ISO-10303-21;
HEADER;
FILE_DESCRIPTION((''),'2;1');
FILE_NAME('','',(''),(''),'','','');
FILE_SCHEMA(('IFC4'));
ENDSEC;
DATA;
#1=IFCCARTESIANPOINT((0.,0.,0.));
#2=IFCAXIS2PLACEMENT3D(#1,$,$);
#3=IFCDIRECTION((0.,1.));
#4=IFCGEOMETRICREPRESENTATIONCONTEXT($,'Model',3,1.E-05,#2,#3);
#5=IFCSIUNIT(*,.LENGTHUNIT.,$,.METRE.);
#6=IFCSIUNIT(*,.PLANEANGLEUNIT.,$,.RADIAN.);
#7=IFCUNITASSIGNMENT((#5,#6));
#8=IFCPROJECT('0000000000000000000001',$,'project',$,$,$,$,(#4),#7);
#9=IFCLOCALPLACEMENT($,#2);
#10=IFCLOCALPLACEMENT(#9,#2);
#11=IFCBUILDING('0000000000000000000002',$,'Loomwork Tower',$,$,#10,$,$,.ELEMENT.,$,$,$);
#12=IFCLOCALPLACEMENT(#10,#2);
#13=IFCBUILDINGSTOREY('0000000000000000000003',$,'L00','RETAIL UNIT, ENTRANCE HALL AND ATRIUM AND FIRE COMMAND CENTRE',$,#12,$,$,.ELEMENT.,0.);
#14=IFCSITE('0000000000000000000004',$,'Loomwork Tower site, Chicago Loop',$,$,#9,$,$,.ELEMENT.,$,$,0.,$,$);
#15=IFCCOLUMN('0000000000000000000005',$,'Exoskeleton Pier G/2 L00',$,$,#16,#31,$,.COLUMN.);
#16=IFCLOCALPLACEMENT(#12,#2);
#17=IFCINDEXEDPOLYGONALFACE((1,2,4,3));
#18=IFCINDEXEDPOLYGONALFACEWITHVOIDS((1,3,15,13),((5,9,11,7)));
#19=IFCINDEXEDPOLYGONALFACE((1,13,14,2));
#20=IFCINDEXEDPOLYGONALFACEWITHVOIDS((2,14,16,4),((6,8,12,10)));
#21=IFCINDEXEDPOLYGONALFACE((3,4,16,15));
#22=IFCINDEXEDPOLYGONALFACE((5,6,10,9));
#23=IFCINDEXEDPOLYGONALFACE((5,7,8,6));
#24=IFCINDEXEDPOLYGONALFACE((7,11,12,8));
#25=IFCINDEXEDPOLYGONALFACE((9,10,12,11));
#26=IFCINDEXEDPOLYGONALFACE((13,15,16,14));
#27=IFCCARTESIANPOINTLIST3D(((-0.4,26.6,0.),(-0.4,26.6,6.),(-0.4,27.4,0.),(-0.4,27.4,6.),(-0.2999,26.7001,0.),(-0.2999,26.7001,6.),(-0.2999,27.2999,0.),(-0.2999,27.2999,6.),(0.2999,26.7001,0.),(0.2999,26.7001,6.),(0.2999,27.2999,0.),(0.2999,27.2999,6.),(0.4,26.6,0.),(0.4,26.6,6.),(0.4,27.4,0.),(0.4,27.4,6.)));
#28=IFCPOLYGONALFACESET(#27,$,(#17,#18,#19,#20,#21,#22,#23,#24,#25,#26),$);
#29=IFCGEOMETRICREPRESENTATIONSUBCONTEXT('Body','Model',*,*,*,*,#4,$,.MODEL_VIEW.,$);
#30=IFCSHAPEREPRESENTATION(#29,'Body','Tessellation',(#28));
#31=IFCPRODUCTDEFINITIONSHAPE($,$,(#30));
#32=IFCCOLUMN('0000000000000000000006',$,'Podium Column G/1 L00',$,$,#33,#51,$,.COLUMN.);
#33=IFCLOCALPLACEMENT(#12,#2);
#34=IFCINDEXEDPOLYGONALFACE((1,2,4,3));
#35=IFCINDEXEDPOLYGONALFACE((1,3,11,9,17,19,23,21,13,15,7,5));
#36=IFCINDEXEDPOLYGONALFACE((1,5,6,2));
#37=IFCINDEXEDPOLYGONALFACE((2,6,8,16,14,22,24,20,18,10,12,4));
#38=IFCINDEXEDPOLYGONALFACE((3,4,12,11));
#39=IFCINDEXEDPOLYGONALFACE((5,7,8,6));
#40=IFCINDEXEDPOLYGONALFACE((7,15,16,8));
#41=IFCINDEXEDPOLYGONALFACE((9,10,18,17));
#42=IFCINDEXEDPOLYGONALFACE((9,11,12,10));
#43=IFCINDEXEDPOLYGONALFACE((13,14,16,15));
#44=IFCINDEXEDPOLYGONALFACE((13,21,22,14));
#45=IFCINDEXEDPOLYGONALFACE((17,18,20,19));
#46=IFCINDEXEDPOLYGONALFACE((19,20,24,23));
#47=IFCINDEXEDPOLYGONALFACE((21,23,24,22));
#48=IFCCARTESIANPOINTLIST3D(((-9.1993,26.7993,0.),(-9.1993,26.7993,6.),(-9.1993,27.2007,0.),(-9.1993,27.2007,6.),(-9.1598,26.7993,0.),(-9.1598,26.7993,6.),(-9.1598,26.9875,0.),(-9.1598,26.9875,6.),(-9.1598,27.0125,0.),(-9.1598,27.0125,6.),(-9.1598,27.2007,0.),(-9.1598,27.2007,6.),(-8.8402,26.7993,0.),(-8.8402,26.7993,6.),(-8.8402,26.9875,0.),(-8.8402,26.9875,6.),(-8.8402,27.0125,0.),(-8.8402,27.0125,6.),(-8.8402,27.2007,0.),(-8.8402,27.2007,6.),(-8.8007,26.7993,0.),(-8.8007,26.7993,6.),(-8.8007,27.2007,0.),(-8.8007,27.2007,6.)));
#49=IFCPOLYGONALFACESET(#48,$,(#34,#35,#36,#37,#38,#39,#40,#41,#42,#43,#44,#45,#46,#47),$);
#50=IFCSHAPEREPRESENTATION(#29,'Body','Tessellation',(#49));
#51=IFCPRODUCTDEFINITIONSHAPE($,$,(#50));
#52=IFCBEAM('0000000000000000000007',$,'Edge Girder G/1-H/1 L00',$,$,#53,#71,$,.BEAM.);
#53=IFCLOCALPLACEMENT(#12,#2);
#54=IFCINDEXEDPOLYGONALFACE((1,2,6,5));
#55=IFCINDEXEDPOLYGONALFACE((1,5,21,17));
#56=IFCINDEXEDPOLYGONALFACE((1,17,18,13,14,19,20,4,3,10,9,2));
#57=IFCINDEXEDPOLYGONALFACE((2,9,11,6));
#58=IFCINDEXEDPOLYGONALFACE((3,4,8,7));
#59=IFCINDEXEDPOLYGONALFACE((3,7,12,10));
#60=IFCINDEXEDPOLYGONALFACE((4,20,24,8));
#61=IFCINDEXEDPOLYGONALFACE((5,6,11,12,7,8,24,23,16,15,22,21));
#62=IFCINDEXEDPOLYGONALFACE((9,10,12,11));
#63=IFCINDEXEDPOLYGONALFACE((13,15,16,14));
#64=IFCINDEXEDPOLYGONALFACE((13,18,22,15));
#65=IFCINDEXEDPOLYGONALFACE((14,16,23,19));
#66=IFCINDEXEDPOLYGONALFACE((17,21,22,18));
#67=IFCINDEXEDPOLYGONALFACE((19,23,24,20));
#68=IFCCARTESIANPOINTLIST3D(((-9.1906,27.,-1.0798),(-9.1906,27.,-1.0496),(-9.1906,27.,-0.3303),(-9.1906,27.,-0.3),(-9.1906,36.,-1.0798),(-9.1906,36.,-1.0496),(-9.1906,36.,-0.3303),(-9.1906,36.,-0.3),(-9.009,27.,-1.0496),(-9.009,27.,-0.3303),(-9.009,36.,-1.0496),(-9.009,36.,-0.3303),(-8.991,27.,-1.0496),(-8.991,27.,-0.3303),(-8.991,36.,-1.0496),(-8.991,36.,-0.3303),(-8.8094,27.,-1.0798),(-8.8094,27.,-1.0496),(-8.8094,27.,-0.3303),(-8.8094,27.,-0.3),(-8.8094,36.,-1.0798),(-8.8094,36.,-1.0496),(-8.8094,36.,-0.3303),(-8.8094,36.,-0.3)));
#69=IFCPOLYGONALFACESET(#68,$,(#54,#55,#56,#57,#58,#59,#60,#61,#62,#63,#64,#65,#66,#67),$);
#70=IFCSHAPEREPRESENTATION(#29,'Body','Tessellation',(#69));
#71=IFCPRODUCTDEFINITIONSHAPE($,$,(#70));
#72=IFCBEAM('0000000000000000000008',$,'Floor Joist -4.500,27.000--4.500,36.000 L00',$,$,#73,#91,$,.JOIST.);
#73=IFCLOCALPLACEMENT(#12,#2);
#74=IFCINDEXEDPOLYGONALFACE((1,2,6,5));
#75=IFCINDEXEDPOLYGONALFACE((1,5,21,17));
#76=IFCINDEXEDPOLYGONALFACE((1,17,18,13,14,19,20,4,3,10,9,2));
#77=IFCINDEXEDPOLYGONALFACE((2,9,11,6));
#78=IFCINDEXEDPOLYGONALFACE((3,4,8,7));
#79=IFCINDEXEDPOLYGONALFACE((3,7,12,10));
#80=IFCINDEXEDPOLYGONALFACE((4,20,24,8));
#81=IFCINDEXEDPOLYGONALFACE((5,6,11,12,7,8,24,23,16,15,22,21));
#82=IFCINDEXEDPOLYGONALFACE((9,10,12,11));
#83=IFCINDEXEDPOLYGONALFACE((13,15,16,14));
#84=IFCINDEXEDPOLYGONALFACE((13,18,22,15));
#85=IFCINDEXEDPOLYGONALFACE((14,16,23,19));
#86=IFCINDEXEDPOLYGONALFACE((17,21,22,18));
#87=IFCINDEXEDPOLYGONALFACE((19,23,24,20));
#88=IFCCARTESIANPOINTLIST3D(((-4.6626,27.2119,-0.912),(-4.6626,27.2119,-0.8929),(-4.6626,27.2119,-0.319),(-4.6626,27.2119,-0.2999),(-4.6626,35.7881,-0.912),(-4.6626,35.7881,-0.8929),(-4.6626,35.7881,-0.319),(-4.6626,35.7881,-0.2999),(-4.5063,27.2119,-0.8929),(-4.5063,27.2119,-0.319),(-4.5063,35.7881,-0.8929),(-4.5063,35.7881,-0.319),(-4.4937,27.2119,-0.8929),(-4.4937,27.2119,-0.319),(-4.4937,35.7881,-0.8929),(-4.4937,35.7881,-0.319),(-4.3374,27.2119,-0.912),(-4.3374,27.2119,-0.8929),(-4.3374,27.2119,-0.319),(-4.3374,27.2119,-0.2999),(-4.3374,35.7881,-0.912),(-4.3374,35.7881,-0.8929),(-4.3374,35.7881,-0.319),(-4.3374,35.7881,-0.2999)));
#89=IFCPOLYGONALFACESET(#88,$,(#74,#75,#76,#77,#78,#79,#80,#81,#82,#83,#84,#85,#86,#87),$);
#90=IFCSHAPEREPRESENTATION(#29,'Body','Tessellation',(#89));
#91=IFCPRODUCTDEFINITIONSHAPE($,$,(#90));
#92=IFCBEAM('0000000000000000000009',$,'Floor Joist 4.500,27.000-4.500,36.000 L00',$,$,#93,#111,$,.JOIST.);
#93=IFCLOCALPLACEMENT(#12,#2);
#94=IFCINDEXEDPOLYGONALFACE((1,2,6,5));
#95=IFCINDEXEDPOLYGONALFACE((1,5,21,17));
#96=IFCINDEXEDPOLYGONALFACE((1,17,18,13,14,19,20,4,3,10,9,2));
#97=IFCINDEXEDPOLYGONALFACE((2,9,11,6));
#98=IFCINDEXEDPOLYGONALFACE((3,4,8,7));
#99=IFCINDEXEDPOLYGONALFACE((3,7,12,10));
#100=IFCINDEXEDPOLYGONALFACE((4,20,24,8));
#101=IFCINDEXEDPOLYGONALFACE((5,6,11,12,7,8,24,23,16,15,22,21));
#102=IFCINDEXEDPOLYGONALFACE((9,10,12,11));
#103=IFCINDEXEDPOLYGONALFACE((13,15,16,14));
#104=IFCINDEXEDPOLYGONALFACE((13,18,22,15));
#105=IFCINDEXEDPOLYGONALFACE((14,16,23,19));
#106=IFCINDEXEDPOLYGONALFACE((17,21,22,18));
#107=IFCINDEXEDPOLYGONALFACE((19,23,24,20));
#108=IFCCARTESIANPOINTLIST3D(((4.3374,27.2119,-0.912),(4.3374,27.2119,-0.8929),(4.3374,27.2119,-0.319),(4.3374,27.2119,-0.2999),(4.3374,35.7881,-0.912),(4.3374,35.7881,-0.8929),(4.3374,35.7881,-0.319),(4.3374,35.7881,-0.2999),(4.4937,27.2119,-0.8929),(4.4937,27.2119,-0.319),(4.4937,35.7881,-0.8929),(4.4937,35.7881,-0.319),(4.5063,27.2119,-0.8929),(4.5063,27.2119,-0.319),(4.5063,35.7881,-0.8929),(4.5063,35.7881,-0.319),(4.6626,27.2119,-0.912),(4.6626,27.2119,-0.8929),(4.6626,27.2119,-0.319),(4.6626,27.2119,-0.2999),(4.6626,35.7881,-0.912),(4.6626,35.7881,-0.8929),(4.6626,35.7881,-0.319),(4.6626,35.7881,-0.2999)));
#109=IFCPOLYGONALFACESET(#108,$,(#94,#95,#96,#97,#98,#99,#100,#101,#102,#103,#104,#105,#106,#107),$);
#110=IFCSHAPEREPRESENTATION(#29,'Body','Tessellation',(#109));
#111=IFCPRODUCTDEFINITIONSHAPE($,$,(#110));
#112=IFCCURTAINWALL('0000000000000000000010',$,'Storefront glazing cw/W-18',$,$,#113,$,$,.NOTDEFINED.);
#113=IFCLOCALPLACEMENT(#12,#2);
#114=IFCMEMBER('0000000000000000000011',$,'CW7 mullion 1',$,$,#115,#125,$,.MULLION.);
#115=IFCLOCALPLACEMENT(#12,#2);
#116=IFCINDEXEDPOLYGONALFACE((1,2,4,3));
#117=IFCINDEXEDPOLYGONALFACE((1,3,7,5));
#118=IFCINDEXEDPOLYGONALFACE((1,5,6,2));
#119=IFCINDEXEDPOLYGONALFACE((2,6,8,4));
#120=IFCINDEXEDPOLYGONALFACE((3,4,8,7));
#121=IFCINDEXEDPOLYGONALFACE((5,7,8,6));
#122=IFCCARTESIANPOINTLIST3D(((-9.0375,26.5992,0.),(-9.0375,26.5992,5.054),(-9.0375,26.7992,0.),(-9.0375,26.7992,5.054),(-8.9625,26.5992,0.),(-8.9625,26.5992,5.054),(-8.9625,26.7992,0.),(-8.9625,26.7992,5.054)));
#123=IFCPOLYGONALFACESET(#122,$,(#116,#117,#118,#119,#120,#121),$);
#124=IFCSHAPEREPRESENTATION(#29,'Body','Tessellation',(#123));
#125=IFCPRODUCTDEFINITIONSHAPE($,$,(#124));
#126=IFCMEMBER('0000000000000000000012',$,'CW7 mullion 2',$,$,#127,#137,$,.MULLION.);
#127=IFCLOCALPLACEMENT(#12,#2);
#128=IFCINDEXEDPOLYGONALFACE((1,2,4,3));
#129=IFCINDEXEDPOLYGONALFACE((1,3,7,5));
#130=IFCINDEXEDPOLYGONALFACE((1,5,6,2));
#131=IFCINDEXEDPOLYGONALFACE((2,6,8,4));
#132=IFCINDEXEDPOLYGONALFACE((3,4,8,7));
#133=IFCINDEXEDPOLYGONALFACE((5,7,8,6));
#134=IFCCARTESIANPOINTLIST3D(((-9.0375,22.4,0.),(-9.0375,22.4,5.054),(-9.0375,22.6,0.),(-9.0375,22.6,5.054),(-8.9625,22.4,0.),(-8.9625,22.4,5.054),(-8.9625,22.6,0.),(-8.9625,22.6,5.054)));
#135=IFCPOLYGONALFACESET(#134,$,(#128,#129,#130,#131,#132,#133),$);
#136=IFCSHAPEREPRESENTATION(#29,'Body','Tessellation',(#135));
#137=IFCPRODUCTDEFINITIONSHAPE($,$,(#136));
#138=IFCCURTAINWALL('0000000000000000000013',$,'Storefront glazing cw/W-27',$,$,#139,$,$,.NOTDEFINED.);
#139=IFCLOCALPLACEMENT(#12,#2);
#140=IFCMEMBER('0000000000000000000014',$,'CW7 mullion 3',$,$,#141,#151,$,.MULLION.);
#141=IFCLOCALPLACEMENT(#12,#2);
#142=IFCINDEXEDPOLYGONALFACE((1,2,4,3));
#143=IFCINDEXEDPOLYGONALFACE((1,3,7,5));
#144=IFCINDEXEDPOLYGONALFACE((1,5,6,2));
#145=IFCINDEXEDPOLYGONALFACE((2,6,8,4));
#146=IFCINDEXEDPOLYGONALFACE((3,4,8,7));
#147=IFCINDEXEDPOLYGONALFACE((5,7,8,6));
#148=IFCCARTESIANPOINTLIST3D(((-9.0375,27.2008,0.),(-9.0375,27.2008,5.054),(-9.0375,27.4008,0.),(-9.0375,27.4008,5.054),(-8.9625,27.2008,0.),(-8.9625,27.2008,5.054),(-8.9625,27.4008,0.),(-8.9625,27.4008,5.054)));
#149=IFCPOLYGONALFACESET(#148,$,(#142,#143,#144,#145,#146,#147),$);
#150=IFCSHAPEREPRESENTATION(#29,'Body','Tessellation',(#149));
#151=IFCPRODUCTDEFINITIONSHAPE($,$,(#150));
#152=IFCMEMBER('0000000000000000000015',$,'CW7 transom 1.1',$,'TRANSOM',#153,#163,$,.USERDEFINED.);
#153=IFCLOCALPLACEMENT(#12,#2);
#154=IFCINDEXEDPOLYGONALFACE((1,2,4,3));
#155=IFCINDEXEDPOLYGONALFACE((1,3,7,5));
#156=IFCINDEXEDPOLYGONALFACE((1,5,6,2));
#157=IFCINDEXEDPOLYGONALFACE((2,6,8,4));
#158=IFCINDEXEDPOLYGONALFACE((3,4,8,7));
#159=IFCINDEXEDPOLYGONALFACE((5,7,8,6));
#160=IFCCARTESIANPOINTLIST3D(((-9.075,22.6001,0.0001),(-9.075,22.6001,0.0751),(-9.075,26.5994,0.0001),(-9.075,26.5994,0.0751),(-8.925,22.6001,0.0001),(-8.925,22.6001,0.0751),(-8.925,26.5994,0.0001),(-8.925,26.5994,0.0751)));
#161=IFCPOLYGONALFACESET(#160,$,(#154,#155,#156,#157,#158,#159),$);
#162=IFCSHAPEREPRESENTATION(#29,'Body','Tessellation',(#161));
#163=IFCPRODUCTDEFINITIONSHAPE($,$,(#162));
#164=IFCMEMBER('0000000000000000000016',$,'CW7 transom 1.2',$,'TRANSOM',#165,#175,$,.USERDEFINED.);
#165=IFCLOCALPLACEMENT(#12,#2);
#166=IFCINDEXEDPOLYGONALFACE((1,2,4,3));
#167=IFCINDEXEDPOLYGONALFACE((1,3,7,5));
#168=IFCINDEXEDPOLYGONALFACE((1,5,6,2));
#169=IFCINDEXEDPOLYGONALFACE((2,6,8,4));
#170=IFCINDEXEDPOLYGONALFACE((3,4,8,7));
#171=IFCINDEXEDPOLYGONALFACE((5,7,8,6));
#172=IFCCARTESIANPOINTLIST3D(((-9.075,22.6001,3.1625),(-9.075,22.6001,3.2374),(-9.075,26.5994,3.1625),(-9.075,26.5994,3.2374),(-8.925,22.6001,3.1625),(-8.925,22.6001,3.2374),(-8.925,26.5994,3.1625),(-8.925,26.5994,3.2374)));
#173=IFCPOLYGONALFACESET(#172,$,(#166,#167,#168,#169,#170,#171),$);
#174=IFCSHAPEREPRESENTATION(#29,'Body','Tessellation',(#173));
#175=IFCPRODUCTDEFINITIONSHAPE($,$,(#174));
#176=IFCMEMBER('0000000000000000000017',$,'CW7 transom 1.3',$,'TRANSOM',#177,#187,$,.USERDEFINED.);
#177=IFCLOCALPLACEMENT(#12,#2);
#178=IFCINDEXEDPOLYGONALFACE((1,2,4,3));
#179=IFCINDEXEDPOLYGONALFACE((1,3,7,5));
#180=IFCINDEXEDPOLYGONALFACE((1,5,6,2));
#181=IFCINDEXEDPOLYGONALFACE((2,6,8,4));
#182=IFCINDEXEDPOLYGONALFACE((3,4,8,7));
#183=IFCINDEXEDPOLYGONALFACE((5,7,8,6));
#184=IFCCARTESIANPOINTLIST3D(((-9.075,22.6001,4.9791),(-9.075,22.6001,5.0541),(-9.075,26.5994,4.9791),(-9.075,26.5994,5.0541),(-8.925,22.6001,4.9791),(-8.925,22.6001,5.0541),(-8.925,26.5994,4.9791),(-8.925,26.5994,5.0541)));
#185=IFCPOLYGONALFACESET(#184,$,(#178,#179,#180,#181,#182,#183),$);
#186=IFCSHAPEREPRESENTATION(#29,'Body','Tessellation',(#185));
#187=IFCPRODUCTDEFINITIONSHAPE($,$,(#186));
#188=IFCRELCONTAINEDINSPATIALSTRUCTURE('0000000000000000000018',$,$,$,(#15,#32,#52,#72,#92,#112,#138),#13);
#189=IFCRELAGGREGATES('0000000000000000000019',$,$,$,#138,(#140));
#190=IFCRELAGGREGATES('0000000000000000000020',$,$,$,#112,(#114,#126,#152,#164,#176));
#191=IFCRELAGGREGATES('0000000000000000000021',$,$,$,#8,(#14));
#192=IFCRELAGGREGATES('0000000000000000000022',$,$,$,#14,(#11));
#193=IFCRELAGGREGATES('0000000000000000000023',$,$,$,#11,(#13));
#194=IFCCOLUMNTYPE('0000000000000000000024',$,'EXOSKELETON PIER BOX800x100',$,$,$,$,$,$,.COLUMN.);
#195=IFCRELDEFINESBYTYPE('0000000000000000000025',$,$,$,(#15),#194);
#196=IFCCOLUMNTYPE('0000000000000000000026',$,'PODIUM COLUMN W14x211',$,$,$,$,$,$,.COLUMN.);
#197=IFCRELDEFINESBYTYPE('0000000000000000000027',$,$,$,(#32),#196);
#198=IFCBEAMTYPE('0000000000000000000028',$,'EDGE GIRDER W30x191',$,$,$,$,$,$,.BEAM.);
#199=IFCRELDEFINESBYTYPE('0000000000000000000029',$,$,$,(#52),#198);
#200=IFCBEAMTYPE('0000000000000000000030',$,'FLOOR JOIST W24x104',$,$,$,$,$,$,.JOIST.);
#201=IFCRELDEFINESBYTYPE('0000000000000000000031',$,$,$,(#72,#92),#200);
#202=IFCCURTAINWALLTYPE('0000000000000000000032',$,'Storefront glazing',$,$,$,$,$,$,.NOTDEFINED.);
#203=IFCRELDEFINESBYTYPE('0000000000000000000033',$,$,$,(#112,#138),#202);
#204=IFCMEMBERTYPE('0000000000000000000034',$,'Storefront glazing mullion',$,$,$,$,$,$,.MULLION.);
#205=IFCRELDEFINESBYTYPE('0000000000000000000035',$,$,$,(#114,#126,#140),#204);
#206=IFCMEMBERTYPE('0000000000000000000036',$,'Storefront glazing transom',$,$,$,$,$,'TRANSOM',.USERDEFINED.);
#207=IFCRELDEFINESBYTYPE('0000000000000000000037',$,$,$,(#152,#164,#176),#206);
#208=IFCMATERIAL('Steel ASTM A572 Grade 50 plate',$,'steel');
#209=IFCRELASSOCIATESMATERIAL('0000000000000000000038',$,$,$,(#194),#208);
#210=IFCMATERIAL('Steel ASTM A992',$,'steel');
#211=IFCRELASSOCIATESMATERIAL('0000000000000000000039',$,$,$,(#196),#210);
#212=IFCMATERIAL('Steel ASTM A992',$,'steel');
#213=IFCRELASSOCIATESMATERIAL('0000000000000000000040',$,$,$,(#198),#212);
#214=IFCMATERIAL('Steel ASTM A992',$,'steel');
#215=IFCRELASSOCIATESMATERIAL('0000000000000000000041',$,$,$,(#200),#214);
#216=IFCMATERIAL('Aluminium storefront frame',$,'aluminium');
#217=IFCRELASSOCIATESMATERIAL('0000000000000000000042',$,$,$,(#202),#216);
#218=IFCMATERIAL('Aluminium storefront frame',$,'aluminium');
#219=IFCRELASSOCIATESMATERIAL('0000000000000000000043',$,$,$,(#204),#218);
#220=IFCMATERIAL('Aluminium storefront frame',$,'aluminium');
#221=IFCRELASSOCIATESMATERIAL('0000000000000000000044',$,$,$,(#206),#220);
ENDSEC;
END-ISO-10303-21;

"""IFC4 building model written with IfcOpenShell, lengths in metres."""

from ifc_helpers import new_model, si_unit, direction, frame, origin, origin_2d, place, context, subcontext, project, spatial, rectangle, hollow_rectangle, i_section, extrude, material, material_profile, profile_set, type_object, element, aggregate, save


model = new_model("IFC4")

# Units and contexts
model_context = context("Model", 3, precision=1e-05, world=origin(), true_north=direction((0.0, 1.0)))
body_context = subcontext(model_context, "Body", "Model", "MODEL_VIEW")
ifc_project = project(units=[si_unit("LENGTHUNIT", "METRE"), si_unit("PLANEANGLEUNIT", "RADIAN")], contexts=[model_context])

# Site, building, storey
site_placement = place(None, origin())
site = spatial("IfcSite", under=ifc_project, at=site_placement, Name="Loomwork Tower site, Chicago Loop", CompositionType="ELEMENT", RefElevation=0.0)
building_placement = place(site_placement, origin())
building = spatial("IfcBuilding", under=site, at=building_placement, Name="Loomwork Tower", CompositionType="ELEMENT")
storey_placement = place(building_placement, origin())
storey = spatial("IfcBuildingStorey", under=building, at=storey_placement, Name="L00", Description="RETAIL UNIT, ENTRANCE HALL AND ATRIUM AND FIRE COMMAND CENTRE", CompositionType="ELEMENT", Elevation=0.0)

# Columns
ifc_material_1 = material(Name="Steel ASTM A572 Grade 50 plate", Category="steel")
ifc_material_profile_1 = material_profile(ifc_material_1, hollow_rectangle(XDim=0.8, YDim=0.8, WallThickness=0.1001, at=origin_2d()), Name="BOX800x100")
ifc_profile_set_1 = profile_set([ifc_material_profile_1], Name="Steel ASTM A572 Grade 50 plate")
column_type_1 = type_object("IfcColumnType", Name="EXOSKELETON PIER BOX800x100", PredefinedType="COLUMN", material=ifc_profile_set_1)
column_1_placement = place(storey_placement, frame((0.0, 27.0, 0.0), z_axis=(0.0, 0.0, 1.0), x_axis=(0.0, 1.0, 0.0)))
element("IfcColumn", 1, at=column_1_placement, inside=storey, type_object=column_type_1, Name="Exoskeleton Pier G/2 L00", PredefinedType="COLUMN", context=body_context, shape_type="SweptSolid", body=[
    extrude(hollow_rectangle(XDim=0.8, YDim=0.8, WallThickness=0.1001, at=origin_2d()), origin(), (0.0, 0.0, 1.0), 6.0),
])
ifc_material_2 = material(Name="Steel ASTM A992", Category="steel")
ifc_material_profile_2 = material_profile(ifc_material_2, i_section(OverallWidth=0.4014, OverallDepth=0.3987, WebThickness=0.0249, FlangeThickness=0.0396, at=origin_2d()), Name="W14x211")
ifc_profile_set_2 = profile_set([ifc_material_profile_2], Name="Steel ASTM A992")
column_type_2 = type_object("IfcColumnType", Name="PODIUM COLUMN W14x211", PredefinedType="COLUMN", material=ifc_profile_set_2)
column_2_placement = place(storey_placement, frame((-9.0, 27.0, 0.0), z_axis=(0.0, 0.0, 1.0), x_axis=(0.0, 1.0, 0.0)))
element("IfcColumn", 2, at=column_2_placement, inside=storey, type_object=column_type_2, Name="Podium Column G/1 L00", PredefinedType="COLUMN", context=body_context, shape_type="SweptSolid", body=[
    extrude(i_section(OverallWidth=0.4014, OverallDepth=0.3987, WebThickness=0.0249, FlangeThickness=0.0396, at=origin_2d()), origin(), (0.0, 0.0, 1.0), 6.0),
])

# Beams
ifc_material_3 = material(Name="Steel ASTM A992", Category="steel")
ifc_material_profile_3 = material_profile(ifc_material_3, i_section(OverallWidth=0.3811, OverallDepth=0.7798, WebThickness=0.0181, FlangeThickness=0.0303, at=origin_2d()), Name="W30x191")
ifc_profile_set_3 = profile_set([ifc_material_profile_3], Name="Steel ASTM A992")
beam_type_1 = type_object("IfcBeamType", Name="EDGE GIRDER W30x191", PredefinedType="BEAM", material=ifc_profile_set_3)
beam_placement = place(storey_placement, frame((-9.0, 27.0, -0.6899), z_axis=(0.0, 1.0, 0.0), x_axis=(-1.0, 0.0, 0.0)))
element("IfcBeam", 3, at=beam_placement, inside=storey, type_object=beam_type_1, Name="Edge Girder G/1-H/1 L00", PredefinedType="BEAM", context=body_context, shape_type="SweptSolid", body=[
    extrude(i_section(OverallWidth=0.3811, OverallDepth=0.7798, WebThickness=0.0181, FlangeThickness=0.0303, at=origin_2d()), origin(), (0.0, 0.0, 1.0), 9.0),
])
ifc_material_4 = material(Name="Steel ASTM A992", Category="steel")
ifc_material_profile_4 = material_profile(ifc_material_4, i_section(OverallWidth=0.3252, OverallDepth=0.6121, WebThickness=0.0127, FlangeThickness=0.019, at=origin_2d()), Name="W24x104")
ifc_profile_set_4 = profile_set([ifc_material_profile_4], Name="Steel ASTM A992")
beam_type_2 = type_object("IfcBeamType", Name="FLOOR JOIST W24x104", PredefinedType="JOIST", material=ifc_profile_set_4)
for number, where, z_axis, x_axis, name in (
    (4, (-4.5, 27.2119, -0.606), (0.0, 1.0, 0.0), (-1.0, 0.0, 0.0), "Floor Joist -4.500,27.000--4.500,36.000 L00"),
    (5, (4.5, 27.2119, -0.606), (0.0, 1.0, 0.0), (-1.0, 0.0, 0.0), "Floor Joist 4.500,27.000-4.500,36.000 L00"),
):
    element("IfcBeam", number, at=place(storey_placement, frame(where, z_axis=z_axis, x_axis=x_axis)), inside=storey, type_object=beam_type_2, Name=name, PredefinedType="JOIST", context=body_context, shape_type="SweptSolid", body=[
        extrude(i_section(OverallWidth=0.3252, OverallDepth=0.6121, WebThickness=0.0127, FlangeThickness=0.019, at=origin_2d()), origin(), (0.0, 0.0, 1.0), 8.5762),
    ])

# Curtain wall, members
ifc_material_5 = material(Name="Aluminium storefront frame", Category="aluminium")
curtain_wall_type = type_object("IfcCurtainWallType", Name="Storefront glazing", PredefinedType="NOTDEFINED", material=ifc_material_5)
curtain_wall_1_placement = place(storey_placement, origin())
curtain_wall_1 = element("IfcCurtainWall", 6, at=curtain_wall_1_placement, inside=storey, type_object=curtain_wall_type, Name="Storefront glazing cw/W-18", PredefinedType="NOTDEFINED")
ifc_material_6 = material(Name="Aluminium storefront frame", Category="aluminium")
ifc_material_profile_5 = material_profile(ifc_material_6, rectangle(XDim=0.075, YDim=0.2, at=origin_2d()), Name="AL 75x200")
ifc_profile_set_5 = profile_set([ifc_material_profile_5], Name="Aluminium storefront frame")
member_type_1 = type_object("IfcMemberType", Name="Storefront glazing mullion", PredefinedType="MULLION", material=ifc_profile_set_5)
member_1_placement = place(storey_placement, frame((-9.0, 26.6992, 0.0), z_axis=(0.0, 0.0, 1.0), x_axis=(1.0, 0.0, 0.0)))
member_1 = element("IfcMember", 7, at=member_1_placement, type_object=member_type_1, Name="CW7 mullion 1", PredefinedType="MULLION", context=body_context, shape_type="SweptSolid", body=[
    extrude(rectangle(XDim=0.075, YDim=0.2, at=origin_2d()), origin(), (0.0, 0.0, 1.0), 5.054),
])
member_2_placement = place(storey_placement, frame((-9.0, 22.5, 0.0), z_axis=(0.0, 0.0, 1.0), x_axis=(1.0, 0.0, 0.0)))
member_2 = element("IfcMember", 8, at=member_2_placement, type_object=member_type_1, Name="CW7 mullion 2", PredefinedType="MULLION", context=body_context, shape_type="SweptSolid", body=[
    extrude(rectangle(XDim=0.075, YDim=0.2, at=origin_2d()), origin(), (0.0, 0.0, 1.0), 5.054),
])

# Curtain wall, member
curtain_wall_2_placement = place(storey_placement, origin())
curtain_wall_2 = element("IfcCurtainWall", 9, at=curtain_wall_2_placement, inside=storey, type_object=curtain_wall_type, Name="Storefront glazing cw/W-27", PredefinedType="NOTDEFINED")
member_3_placement = place(storey_placement, frame((-9.0, 27.3008, 0.0), z_axis=(0.0, 0.0, 1.0), x_axis=(1.0, 0.0, 0.0)))
member_3 = element("IfcMember", 10, at=member_3_placement, type_object=member_type_1, Name="CW7 mullion 3", PredefinedType="MULLION", context=body_context, shape_type="SweptSolid", body=[
    extrude(rectangle(XDim=0.075, YDim=0.2, at=origin_2d()), origin(), (0.0, 0.0, 1.0), 5.054),
])
aggregate(curtain_wall_2, [member_3])

# Members
ifc_material_7 = material(Name="Aluminium storefront frame", Category="aluminium")
ifc_material_profile_6 = material_profile(ifc_material_7, rectangle(XDim=0.1499, YDim=0.075, at=origin_2d()), Name="AL 75x150")
ifc_profile_set_6 = profile_set([ifc_material_profile_6], Name="Aluminium storefront frame")
member_type_2 = type_object("IfcMemberType", Name="Storefront glazing transom", ElementType="TRANSOM", PredefinedType="USERDEFINED", material=ifc_profile_set_6)
member_4_placement = place(storey_placement, frame((-9.0, 26.5994, 0.0376), z_axis=(0.0, -1.0, 0.0), x_axis=(1.0, 0.0, 0.0)))
member_4 = element("IfcMember", 11, at=member_4_placement, type_object=member_type_2, Name="CW7 transom 1.1", ObjectType="TRANSOM", PredefinedType="USERDEFINED", context=body_context, shape_type="SweptSolid", body=[
    extrude(rectangle(XDim=0.1499, YDim=0.075, at=origin_2d()), origin(), (0.0, 0.0, 1.0), 3.9993),
])
member_5_placement = place(storey_placement, frame((-9.0, 26.5994, 3.2), z_axis=(0.0, -1.0, 0.0), x_axis=(1.0, 0.0, 0.0)))
member_5 = element("IfcMember", 12, at=member_5_placement, type_object=member_type_2, Name="CW7 transom 1.2", ObjectType="TRANSOM", PredefinedType="USERDEFINED", context=body_context, shape_type="SweptSolid", body=[
    extrude(rectangle(XDim=0.1499, YDim=0.075, at=origin_2d()), origin(), (0.0, 0.0, 1.0), 3.9993),
])
member_6_placement = place(storey_placement, frame((-9.0, 26.5994, 5.0166), z_axis=(0.0, -1.0, 0.0), x_axis=(1.0, 0.0, 0.0)))
member_6 = element("IfcMember", 13, at=member_6_placement, type_object=member_type_2, Name="CW7 transom 1.3", ObjectType="TRANSOM", PredefinedType="USERDEFINED", context=body_context, shape_type="SweptSolid", body=[
    extrude(rectangle(XDim=0.1499, YDim=0.075, at=origin_2d()), origin(), (0.0, 0.0, 1.0), 3.9993),
])

aggregate(curtain_wall_1, [member_1, member_2, member_4, member_5, member_6])

save(model, "model.ifc")
